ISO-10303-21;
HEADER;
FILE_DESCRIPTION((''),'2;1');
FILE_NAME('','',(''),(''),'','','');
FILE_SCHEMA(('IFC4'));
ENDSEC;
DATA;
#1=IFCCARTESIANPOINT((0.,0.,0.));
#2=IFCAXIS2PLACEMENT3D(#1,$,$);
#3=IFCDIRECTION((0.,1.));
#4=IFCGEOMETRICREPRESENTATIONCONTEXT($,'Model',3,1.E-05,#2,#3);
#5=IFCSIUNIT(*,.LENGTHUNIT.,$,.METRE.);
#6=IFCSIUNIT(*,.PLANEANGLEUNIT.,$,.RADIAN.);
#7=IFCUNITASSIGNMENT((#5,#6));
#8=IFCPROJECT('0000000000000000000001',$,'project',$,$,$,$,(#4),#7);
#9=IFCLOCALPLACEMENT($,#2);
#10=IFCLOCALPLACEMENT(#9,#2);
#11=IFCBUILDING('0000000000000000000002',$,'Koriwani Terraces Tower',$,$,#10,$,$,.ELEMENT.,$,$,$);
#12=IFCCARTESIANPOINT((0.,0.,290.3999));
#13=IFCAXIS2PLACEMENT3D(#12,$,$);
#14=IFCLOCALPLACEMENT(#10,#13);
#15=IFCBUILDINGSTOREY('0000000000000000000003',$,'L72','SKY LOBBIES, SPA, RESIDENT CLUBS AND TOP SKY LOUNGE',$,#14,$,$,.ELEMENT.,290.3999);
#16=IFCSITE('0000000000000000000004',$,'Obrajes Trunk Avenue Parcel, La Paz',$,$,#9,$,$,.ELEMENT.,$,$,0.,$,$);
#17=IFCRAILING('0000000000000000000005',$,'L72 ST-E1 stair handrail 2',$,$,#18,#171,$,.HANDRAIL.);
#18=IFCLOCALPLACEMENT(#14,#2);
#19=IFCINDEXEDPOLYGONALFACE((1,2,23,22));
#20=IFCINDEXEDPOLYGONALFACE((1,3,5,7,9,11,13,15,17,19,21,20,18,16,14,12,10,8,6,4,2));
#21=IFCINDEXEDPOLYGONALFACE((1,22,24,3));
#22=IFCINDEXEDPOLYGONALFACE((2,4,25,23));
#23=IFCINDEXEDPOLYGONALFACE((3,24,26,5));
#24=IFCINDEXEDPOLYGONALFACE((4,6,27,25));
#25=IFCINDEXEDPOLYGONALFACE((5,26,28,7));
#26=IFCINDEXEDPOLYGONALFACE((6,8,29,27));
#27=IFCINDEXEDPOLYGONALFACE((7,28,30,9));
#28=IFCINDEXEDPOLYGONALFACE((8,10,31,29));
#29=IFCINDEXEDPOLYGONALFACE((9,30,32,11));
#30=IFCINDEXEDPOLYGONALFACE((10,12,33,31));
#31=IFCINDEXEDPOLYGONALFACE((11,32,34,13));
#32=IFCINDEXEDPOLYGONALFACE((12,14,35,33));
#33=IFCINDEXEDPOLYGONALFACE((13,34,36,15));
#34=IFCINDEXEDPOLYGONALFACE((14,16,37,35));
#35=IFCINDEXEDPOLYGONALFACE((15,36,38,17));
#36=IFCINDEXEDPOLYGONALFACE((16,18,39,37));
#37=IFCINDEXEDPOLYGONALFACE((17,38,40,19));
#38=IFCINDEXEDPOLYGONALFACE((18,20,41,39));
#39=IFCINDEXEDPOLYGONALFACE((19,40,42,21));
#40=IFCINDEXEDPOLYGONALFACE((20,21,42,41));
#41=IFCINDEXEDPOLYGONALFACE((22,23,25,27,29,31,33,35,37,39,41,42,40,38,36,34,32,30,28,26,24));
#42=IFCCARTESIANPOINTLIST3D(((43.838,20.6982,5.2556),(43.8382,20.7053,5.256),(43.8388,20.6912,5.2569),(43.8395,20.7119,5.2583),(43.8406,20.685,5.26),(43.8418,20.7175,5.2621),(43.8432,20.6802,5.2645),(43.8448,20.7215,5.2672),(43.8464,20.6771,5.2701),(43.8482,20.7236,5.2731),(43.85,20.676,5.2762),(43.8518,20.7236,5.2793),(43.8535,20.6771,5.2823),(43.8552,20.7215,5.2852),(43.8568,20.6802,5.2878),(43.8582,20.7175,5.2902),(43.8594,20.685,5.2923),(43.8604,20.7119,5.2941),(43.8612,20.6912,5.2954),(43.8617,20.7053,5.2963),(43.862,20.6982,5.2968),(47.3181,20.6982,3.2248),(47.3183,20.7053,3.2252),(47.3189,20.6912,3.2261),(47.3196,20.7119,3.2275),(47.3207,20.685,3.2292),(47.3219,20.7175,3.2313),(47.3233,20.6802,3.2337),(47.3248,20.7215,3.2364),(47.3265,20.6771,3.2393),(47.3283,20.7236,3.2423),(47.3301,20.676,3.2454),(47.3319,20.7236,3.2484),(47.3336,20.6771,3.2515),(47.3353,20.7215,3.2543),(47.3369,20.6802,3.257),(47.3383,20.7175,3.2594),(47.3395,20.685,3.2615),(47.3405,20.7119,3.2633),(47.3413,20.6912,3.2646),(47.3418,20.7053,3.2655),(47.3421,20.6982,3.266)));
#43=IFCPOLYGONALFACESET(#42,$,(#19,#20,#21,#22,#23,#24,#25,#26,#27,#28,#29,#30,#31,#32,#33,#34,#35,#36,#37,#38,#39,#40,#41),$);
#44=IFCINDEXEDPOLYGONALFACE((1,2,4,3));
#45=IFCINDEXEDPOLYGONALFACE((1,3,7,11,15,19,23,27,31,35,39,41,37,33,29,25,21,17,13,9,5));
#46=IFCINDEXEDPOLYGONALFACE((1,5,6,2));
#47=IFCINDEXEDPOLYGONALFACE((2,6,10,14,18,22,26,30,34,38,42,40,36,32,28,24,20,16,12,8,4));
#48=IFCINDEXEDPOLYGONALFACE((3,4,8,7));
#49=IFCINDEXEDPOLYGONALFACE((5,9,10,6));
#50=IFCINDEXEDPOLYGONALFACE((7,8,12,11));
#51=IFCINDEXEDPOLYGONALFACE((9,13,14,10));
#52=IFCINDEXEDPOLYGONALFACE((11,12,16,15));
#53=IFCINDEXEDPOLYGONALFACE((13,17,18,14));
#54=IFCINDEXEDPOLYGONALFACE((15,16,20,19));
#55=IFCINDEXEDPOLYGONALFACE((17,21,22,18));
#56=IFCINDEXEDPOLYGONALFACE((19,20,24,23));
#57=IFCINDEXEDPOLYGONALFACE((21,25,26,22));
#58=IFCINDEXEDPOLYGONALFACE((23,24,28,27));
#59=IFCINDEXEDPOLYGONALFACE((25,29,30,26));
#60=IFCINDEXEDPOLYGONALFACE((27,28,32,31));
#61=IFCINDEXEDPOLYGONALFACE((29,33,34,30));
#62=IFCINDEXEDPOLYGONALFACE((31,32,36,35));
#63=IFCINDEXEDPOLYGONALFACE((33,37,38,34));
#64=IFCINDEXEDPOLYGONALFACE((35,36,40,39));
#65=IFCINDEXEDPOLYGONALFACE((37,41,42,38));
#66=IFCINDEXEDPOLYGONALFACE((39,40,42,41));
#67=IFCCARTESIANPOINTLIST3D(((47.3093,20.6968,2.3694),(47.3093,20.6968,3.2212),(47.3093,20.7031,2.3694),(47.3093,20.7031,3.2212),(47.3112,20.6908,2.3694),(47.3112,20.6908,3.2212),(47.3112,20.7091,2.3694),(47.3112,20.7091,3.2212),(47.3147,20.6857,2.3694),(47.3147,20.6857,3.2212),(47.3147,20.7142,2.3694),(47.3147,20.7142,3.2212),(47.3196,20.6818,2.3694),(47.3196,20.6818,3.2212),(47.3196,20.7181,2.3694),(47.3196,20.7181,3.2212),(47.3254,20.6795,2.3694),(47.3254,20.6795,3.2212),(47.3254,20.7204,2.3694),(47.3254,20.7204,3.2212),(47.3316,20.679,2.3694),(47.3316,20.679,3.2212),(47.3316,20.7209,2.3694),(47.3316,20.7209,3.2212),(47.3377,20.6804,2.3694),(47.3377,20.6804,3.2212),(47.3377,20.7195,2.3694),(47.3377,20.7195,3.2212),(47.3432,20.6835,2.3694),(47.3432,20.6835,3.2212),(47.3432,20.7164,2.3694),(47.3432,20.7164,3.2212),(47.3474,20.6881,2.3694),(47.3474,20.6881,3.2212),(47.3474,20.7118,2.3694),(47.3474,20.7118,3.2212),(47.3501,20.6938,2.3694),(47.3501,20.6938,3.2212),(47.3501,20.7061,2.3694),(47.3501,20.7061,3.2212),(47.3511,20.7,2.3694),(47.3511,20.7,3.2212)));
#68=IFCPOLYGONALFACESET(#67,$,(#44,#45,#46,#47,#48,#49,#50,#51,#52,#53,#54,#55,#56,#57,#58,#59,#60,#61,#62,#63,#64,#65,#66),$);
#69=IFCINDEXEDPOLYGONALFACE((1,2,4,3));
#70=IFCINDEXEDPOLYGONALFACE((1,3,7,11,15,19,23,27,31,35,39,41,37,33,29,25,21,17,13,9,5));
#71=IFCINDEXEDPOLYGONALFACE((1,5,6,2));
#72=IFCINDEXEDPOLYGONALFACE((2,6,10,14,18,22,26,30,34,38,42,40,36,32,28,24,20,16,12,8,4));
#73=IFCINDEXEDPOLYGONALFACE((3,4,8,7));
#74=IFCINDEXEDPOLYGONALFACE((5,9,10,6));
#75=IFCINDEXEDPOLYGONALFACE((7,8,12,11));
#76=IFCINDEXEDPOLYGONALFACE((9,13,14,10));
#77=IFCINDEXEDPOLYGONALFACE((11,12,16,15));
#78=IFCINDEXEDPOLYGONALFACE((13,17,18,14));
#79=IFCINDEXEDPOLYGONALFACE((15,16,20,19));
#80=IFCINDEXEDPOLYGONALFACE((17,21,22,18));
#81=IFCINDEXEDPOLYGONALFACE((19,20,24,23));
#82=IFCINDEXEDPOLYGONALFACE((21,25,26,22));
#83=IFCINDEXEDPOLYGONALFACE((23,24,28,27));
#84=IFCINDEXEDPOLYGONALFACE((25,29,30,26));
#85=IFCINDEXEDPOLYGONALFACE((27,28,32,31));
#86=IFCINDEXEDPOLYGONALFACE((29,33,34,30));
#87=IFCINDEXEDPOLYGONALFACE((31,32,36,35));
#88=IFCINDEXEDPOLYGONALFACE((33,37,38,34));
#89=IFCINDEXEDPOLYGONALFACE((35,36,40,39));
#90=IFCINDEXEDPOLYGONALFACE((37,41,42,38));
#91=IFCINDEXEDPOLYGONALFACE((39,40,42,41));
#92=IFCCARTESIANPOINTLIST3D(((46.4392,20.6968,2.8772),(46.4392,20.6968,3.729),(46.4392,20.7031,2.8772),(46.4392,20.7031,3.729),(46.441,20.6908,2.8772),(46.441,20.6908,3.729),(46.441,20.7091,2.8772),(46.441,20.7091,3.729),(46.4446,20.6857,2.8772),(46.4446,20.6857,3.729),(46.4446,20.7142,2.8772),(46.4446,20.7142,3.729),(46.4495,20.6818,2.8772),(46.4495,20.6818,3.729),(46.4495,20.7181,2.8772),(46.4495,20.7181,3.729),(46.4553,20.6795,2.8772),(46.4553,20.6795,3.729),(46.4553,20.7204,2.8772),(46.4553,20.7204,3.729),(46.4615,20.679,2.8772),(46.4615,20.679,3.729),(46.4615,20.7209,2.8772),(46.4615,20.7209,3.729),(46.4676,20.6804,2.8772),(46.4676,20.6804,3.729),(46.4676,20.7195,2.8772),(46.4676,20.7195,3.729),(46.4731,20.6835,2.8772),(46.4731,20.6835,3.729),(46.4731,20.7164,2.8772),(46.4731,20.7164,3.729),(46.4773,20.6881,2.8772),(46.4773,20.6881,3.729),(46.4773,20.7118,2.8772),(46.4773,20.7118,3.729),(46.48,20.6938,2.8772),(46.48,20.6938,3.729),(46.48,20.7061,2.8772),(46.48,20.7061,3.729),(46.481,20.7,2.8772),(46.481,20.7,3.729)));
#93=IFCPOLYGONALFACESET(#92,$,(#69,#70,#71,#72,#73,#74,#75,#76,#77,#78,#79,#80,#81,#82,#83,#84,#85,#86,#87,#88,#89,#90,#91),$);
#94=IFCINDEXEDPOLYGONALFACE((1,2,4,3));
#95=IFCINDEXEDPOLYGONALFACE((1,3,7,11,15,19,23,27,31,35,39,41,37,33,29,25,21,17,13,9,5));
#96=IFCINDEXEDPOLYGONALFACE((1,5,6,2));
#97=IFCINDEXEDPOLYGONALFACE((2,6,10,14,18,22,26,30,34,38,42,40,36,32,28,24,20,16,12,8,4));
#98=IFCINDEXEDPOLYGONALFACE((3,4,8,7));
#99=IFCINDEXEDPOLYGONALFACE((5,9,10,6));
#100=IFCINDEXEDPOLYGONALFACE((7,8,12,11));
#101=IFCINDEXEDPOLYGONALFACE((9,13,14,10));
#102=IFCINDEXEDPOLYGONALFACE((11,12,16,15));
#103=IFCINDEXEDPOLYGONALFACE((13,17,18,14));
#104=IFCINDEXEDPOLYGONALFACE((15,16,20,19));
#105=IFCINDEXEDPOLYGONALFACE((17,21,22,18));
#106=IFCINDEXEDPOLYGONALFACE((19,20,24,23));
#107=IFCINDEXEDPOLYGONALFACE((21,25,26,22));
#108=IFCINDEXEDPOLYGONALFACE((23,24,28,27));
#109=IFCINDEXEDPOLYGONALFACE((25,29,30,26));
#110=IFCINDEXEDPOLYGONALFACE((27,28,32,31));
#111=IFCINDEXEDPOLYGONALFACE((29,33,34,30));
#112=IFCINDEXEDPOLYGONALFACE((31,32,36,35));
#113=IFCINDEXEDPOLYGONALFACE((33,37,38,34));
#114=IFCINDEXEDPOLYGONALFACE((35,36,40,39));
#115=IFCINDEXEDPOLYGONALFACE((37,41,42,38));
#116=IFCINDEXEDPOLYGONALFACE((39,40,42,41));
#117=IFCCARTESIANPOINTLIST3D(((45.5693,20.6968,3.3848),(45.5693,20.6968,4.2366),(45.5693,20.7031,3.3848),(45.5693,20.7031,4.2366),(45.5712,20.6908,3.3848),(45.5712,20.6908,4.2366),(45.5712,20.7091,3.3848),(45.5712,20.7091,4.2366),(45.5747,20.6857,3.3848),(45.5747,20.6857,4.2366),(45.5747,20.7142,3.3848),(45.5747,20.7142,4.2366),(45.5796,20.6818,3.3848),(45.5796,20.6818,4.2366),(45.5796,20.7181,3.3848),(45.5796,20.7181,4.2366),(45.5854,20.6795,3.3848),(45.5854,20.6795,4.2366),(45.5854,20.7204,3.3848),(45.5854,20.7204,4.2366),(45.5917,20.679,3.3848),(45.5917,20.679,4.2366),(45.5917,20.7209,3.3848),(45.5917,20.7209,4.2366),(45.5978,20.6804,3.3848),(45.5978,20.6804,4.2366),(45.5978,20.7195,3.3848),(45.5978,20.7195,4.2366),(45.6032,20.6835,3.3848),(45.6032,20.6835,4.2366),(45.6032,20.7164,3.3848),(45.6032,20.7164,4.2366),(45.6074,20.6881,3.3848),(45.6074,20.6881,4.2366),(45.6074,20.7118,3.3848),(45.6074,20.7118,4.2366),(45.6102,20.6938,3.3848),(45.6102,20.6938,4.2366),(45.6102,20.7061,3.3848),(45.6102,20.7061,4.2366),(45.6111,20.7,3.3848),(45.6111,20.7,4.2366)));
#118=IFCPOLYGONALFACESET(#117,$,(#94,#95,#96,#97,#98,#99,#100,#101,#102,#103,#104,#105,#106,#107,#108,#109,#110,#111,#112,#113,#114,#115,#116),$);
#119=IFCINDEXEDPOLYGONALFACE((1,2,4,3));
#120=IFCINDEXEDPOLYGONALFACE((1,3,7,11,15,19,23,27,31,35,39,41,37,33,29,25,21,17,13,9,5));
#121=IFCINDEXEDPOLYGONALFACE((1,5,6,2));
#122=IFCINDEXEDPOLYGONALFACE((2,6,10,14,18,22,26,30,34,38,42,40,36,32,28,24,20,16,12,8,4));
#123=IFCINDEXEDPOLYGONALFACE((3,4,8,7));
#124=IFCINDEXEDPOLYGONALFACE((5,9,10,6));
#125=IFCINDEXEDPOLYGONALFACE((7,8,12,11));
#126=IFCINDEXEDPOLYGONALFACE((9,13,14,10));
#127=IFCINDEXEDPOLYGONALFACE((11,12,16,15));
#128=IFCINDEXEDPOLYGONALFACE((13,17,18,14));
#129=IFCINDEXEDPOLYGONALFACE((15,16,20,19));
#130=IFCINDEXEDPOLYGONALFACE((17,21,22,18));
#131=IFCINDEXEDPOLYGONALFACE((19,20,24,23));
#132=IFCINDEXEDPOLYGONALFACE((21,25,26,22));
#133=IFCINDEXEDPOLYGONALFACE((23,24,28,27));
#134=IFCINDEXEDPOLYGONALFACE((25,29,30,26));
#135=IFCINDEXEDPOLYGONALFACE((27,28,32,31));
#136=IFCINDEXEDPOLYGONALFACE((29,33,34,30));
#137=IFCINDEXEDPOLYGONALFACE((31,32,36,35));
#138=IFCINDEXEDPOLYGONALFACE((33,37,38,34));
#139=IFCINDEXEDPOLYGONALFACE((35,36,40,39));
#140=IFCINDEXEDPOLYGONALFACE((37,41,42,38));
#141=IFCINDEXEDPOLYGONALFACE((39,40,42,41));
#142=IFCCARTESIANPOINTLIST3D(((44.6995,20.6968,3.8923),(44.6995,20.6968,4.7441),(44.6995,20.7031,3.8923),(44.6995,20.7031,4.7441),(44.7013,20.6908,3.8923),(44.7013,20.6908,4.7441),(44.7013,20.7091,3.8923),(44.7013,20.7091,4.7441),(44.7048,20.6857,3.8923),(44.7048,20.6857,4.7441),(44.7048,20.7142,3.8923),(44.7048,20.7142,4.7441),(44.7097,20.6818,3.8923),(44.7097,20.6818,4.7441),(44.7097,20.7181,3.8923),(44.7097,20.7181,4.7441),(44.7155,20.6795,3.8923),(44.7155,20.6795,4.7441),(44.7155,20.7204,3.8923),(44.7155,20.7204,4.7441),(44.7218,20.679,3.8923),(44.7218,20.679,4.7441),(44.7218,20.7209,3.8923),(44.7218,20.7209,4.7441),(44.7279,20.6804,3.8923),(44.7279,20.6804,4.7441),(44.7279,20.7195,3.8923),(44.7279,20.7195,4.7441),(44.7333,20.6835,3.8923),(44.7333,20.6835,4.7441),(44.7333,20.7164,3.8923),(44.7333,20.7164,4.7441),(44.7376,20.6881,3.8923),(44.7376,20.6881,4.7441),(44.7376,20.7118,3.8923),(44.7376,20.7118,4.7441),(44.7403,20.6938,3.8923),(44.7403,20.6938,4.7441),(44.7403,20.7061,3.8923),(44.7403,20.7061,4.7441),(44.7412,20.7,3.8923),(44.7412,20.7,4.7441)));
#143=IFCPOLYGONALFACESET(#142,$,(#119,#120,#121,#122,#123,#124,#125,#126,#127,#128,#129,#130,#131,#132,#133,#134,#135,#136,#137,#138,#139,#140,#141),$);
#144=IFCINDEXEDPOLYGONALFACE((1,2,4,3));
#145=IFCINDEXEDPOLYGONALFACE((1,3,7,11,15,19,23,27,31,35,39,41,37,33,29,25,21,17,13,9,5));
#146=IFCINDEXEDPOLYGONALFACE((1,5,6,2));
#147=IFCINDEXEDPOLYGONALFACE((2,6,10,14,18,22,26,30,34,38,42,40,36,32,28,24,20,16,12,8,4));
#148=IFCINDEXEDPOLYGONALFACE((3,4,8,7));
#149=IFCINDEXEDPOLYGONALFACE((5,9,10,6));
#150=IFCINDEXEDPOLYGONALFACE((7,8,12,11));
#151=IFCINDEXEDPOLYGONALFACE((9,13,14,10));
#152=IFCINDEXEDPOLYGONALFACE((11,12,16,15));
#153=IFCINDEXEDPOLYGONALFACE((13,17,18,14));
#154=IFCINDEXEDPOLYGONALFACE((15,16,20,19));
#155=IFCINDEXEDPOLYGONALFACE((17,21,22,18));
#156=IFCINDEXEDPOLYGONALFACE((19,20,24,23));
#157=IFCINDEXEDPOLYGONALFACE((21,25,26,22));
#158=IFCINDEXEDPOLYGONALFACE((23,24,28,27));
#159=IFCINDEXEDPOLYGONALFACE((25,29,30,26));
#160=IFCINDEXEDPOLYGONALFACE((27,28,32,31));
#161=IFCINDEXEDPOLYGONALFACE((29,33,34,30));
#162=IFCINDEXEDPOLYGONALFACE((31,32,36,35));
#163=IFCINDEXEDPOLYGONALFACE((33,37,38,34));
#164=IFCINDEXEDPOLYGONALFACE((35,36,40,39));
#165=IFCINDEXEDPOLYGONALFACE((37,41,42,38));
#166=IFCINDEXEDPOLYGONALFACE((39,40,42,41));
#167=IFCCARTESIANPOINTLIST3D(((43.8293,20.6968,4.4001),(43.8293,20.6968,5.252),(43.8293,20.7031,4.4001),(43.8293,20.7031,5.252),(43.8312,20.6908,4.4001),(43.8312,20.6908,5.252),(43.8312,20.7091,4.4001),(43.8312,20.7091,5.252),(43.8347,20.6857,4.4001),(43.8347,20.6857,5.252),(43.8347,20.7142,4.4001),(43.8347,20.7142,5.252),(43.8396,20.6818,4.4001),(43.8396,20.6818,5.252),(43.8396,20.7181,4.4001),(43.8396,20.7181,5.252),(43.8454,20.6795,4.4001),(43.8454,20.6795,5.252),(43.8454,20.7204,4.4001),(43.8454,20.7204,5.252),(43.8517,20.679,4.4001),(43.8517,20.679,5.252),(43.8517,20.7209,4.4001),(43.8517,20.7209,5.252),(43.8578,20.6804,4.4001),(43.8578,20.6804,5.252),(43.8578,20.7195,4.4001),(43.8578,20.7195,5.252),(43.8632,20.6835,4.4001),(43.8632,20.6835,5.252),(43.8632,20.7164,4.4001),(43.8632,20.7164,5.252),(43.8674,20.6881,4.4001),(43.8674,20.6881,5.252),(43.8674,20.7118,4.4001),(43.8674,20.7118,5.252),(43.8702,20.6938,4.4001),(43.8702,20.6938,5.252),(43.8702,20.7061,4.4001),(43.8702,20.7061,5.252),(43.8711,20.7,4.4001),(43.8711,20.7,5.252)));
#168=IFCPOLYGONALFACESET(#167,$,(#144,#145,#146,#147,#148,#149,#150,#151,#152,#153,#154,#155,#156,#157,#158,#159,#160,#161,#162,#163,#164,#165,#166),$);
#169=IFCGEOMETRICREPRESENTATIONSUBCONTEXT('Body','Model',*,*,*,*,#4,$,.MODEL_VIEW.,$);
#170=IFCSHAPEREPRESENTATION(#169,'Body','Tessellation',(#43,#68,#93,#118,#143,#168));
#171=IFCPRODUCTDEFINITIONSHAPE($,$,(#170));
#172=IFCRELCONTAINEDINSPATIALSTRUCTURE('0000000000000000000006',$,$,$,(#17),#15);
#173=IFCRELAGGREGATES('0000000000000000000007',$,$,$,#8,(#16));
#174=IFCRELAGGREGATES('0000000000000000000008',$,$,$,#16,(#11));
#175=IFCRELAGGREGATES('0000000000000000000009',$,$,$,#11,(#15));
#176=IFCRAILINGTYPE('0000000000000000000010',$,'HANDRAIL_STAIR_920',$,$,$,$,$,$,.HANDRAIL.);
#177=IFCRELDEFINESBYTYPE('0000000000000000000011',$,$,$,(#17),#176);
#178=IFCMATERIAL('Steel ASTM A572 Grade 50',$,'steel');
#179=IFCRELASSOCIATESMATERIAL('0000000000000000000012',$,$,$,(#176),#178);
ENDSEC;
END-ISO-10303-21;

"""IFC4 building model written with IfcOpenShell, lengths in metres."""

from ifc_helpers import new_model, si_unit, direction, frame, origin, origin_2d, place, context, subcontext, project, spatial, circle, extrude, material, type_object, element, save


model = new_model("IFC4")

# Units and contexts
model_context = context("Model", 3, precision=1e-05, world=origin(), true_north=direction((0.0, 1.0)))
body_context = subcontext(model_context, "Body", "Model", "MODEL_VIEW")
ifc_project = project(units=[si_unit("LENGTHUNIT", "METRE"), si_unit("PLANEANGLEUNIT", "RADIAN")], contexts=[model_context])

# Site, building, storey
site_placement = place(None, origin())
site = spatial("IfcSite", under=ifc_project, at=site_placement, Name="Obrajes Trunk Avenue Parcel, La Paz", CompositionType="ELEMENT", RefElevation=0.0)
building_placement = place(site_placement, origin())
building = spatial("IfcBuilding", under=site, at=building_placement, Name="Koriwani Terraces Tower", CompositionType="ELEMENT")
storey_placement = place(building_placement, frame((0.0, 0.0, 290.3999)))
storey = spatial("IfcBuildingStorey", under=building, at=storey_placement, Name="L72", Description="SKY LOBBIES, SPA, RESIDENT CLUBS AND TOP SKY LOUNGE", CompositionType="ELEMENT", Elevation=290.3999)

# Shared definitions
ifc_material_1 = material(Name="Steel ASTM A572 Grade 50", Category="steel")

# Railing
railing_type_1 = type_object("IfcRailingType", Name="HANDRAIL_STAIR_920", PredefinedType="HANDRAIL", material=ifc_material_1)
railing_1_placement = place(storey_placement, frame((47.3301, 20.7, 2.3694)))
element("IfcRailing", 1, at=railing_1_placement, inside=storey, type_object=railing_type_1, Name="L72 ST-E1 stair handrail 2", PredefinedType="HANDRAIL", context=body_context, shape_type="SweptSolid", body=[
    extrude(circle(Radius=0.0239, at=origin_2d()), frame((0.0, 0.0, 0.876), z_axis=(-0.863695, 0.0, 0.504014), x_axis=(0.0, -1.0, 0.0)), (0.0, 0.0, 1.0), 4.0293),
    extrude(circle(Radius=0.021, at=origin_2d()), origin(), (0.0, 0.0, 1.0), 0.8518),
    extrude(circle(Radius=0.021, at=origin_2d()), frame((-0.8701, 0.0, 0.5078)), (0.0, 0.0, 1.0), 0.8518),
    extrude(circle(Radius=0.021, at=origin_2d()), frame((-1.74, 0.0, 1.0154)), (0.0, 0.0, 1.0), 0.8518),
    extrude(circle(Radius=0.021, at=origin_2d()), frame((-2.6099, 0.0, 1.5229)), (0.0, 0.0, 1.0), 0.8518),
    extrude(circle(Radius=0.021, at=origin_2d()), frame((-3.48, 0.0, 2.0308)), (0.0, 0.0, 1.0), 0.8518),
])

save(model, "model.ifc")
